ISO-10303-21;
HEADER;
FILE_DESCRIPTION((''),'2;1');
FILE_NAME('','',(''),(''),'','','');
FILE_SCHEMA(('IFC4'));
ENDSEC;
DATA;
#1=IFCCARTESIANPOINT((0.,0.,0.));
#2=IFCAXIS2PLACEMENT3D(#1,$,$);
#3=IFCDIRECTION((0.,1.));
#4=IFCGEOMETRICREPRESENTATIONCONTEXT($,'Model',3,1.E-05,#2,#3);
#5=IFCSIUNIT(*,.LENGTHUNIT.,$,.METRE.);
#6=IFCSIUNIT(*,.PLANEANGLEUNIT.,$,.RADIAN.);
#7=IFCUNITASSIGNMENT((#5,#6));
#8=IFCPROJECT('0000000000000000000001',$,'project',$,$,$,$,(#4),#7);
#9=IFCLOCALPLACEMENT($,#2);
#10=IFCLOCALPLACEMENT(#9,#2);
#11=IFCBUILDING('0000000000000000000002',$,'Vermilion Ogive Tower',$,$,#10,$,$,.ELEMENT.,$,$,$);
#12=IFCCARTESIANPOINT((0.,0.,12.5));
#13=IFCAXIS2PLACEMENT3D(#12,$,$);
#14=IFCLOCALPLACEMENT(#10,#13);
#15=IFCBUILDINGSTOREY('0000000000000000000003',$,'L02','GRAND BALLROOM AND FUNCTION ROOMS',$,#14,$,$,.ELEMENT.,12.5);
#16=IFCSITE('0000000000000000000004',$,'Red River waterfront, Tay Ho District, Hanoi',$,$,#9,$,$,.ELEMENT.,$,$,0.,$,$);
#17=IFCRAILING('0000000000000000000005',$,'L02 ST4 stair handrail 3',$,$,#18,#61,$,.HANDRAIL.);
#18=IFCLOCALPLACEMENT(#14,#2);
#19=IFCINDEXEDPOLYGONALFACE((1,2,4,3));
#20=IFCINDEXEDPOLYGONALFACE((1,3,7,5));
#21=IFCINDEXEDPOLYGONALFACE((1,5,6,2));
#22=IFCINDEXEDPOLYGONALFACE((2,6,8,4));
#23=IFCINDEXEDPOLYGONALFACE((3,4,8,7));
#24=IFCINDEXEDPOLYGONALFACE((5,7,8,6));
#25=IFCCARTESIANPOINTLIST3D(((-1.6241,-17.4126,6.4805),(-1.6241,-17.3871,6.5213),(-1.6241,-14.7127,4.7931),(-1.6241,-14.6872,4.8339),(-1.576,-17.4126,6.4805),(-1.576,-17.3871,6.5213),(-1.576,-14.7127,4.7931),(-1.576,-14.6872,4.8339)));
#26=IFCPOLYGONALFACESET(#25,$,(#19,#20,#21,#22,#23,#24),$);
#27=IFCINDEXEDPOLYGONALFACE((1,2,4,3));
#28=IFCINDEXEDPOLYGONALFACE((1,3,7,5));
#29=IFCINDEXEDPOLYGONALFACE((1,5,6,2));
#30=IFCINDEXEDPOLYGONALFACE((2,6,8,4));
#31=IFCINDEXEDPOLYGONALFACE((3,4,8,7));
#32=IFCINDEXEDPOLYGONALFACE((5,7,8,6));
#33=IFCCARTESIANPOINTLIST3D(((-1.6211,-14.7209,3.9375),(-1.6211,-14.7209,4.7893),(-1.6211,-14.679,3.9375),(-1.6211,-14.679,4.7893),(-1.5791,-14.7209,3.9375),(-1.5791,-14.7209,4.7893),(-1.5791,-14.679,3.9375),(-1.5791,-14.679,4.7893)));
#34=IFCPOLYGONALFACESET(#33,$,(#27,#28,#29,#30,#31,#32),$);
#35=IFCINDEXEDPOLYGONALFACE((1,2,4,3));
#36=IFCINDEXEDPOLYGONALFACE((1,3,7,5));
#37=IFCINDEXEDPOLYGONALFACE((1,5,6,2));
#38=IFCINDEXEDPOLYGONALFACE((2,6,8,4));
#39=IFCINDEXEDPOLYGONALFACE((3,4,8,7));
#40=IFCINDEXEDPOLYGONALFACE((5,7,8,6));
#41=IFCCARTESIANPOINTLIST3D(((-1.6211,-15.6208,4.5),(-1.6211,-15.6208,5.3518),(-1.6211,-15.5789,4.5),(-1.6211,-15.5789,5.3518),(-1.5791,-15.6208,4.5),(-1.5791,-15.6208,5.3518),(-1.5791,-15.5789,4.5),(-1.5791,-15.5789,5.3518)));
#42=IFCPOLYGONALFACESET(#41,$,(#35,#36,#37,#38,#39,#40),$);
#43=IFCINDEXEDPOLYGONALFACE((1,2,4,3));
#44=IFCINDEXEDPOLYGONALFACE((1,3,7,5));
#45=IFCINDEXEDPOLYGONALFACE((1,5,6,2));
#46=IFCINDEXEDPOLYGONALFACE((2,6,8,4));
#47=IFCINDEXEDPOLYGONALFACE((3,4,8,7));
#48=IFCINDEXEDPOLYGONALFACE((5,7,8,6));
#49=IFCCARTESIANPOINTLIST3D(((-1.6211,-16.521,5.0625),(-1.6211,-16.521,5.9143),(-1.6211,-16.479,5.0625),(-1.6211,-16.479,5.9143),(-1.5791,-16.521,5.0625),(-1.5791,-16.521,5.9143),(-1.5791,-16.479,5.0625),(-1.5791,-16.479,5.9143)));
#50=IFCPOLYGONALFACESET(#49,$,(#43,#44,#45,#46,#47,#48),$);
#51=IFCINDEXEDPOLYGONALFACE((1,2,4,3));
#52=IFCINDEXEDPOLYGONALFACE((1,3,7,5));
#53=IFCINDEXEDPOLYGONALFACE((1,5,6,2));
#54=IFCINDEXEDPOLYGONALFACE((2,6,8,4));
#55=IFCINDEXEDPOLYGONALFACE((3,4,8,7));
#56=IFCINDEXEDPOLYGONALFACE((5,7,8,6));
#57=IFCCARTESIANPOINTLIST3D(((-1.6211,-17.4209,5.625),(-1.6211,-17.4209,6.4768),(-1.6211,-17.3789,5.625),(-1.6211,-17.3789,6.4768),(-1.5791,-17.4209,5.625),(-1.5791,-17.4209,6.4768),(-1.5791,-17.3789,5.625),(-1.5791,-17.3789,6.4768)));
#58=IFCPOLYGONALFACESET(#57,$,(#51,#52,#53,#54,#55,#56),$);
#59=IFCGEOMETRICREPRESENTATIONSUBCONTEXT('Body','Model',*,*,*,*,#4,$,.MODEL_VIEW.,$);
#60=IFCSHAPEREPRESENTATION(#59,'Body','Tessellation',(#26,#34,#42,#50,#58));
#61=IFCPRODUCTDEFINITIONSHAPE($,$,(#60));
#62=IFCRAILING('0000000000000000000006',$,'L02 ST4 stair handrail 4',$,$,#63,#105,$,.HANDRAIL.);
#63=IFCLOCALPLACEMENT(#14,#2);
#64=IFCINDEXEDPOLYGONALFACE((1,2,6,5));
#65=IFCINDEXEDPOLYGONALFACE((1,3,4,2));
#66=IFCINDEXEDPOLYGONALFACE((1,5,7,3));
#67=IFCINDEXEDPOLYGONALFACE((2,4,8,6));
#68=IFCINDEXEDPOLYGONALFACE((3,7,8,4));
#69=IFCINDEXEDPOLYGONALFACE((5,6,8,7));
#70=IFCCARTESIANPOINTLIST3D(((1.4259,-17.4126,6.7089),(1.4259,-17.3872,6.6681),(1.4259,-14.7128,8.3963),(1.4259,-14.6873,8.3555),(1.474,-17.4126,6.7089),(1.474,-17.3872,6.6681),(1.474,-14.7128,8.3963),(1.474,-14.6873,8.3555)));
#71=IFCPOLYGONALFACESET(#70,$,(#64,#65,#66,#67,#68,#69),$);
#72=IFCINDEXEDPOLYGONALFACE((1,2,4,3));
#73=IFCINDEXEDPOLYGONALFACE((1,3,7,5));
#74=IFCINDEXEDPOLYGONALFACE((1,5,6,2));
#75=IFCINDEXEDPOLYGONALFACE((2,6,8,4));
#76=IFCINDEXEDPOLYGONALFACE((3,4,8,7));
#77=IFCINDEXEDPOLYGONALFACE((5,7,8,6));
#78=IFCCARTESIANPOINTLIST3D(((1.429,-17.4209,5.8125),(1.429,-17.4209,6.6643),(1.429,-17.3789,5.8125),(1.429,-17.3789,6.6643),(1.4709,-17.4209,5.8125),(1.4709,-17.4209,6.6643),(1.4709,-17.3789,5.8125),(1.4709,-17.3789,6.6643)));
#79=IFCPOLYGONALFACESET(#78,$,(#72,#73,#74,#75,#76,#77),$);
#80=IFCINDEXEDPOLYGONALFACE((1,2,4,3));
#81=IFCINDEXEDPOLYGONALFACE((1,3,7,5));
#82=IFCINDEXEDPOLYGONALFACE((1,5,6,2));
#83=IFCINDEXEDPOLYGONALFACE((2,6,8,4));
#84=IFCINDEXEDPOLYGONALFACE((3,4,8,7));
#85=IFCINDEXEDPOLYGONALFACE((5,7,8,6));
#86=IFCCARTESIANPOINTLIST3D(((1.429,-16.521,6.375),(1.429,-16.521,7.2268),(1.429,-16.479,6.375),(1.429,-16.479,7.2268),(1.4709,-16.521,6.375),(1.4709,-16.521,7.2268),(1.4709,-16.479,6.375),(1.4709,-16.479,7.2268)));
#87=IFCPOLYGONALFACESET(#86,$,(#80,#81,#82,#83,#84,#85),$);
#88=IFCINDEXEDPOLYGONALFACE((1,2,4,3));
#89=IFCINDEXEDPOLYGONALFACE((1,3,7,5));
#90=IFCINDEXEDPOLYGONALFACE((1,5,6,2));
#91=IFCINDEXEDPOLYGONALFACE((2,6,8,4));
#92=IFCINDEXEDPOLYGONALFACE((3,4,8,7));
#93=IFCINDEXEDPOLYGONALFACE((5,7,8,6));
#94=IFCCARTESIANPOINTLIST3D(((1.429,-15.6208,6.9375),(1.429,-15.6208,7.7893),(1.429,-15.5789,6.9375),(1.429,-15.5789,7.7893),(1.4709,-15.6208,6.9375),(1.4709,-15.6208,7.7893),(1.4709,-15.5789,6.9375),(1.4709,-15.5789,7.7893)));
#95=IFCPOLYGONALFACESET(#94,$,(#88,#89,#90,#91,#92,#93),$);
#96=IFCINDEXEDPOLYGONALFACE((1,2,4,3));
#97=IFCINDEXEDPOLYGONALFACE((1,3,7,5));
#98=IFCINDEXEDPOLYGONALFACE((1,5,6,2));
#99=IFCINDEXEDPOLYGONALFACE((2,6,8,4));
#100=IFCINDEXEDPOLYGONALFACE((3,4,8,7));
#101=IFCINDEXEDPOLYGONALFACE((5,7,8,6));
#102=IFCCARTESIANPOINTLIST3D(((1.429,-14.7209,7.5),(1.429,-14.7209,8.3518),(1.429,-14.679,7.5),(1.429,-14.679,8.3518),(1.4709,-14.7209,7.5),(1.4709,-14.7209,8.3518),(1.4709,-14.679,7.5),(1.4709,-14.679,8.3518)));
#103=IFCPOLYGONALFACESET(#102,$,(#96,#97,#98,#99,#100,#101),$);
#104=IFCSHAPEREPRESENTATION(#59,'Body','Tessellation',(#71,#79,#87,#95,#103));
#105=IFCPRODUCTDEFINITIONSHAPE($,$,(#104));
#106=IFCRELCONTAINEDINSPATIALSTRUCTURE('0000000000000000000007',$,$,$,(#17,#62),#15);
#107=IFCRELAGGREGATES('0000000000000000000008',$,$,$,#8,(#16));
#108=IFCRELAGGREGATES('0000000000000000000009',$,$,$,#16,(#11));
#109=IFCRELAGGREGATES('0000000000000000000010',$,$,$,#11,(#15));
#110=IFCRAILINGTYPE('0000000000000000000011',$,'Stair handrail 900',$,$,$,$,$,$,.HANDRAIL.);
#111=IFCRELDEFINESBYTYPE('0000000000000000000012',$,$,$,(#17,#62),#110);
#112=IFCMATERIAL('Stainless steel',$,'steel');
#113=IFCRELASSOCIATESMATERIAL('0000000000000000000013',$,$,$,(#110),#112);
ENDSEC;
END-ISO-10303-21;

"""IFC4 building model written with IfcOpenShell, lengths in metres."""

from ifc_helpers import new_model, si_unit, direction, frame, origin, origin_2d, place, context, subcontext, project, spatial, rectangle, extrude, material, type_object, element, save


model = new_model("IFC4")

# Units and contexts
model_context = context("Model", 3, precision=1e-05, world=origin(), true_north=direction((0.0, 1.0)))
body_context = subcontext(model_context, "Body", "Model", "MODEL_VIEW")
ifc_project = project(units=[si_unit("LENGTHUNIT", "METRE"), si_unit("PLANEANGLEUNIT", "RADIAN")], contexts=[model_context])

# Site, building, storey
site_placement = place(None, origin())
site = spatial("IfcSite", under=ifc_project, at=site_placement, Name="Red River waterfront, Tay Ho District, Hanoi", CompositionType="ELEMENT", RefElevation=0.0)
building_placement = place(site_placement, origin())
building = spatial("IfcBuilding", under=site, at=building_placement, Name="Vermilion Ogive Tower", CompositionType="ELEMENT")
storey_placement = place(building_placement, frame((0.0, 0.0, 12.5)))
storey = spatial("IfcBuildingStorey", under=building, at=storey_placement, Name="L02", Description="GRAND BALLROOM AND FUNCTION ROOMS", CompositionType="ELEMENT", Elevation=12.5)

# Railings
ifc_material_1 = material(Name="Stainless steel", Category="steel")
railing_type_1 = type_object("IfcRailingType", Name="Stair handrail 900", PredefinedType="HANDRAIL", material=ifc_material_1)
railing_1_placement = place(storey_placement, frame((-1.6001, -14.7, 3.9375)))
element("IfcRailing", 1, at=railing_1_placement, inside=storey, type_object=railing_type_1, Name="L02 ST4 stair handrail 3", PredefinedType="HANDRAIL", context=body_context, shape_type="SweptSolid", body=[
    extrude(rectangle(XDim=0.0481, YDim=0.0481, at=origin_2d()), frame((0.0, 0.0, 0.876), z_axis=(0.0, -0.847994, 0.530006), x_axis=(1.0, 0.0, 0.0)), (0.0, 0.0, 1.0), 3.1838),
    extrude(rectangle(XDim=0.042, YDim=0.042, at=origin_2d()), origin(), (0.0, 0.0, 1.0), 0.8518),
    extrude(rectangle(XDim=0.042, YDim=0.042, at=origin_2d()), frame((0.0, -0.8999, 0.5625)), (0.0, 0.0, 1.0), 0.8518),
    extrude(rectangle(XDim=0.042, YDim=0.042, at=origin_2d()), frame((0.0, -1.8, 1.125)), (0.0, 0.0, 1.0), 0.8518),
    extrude(rectangle(XDim=0.042, YDim=0.042, at=origin_2d()), frame((0.0, -2.7, 1.6875)), (0.0, 0.0, 1.0), 0.8518),
])
railing_2_placement = place(storey_placement, frame((1.45, -17.3999, 5.8125)))
element("IfcRailing", 2, at=railing_2_placement, inside=storey, type_object=railing_type_1, Name="L02 ST4 stair handrail 4", PredefinedType="HANDRAIL", context=body_context, shape_type="SweptSolid", body=[
    extrude(rectangle(XDim=0.0481, YDim=0.0481, at=origin_2d()), frame((0.0, 0.0, 0.876), z_axis=(0.0, 0.847994, 0.530006), x_axis=(-1.0, 0.0, 0.0)), (0.0, 0.0, 1.0), 3.1838),
    extrude(rectangle(XDim=0.042, YDim=0.042, at=origin_2d()), origin(), (0.0, 0.0, 1.0), 0.8518),
    extrude(rectangle(XDim=0.042, YDim=0.042, at=origin_2d()), frame((0.0, 0.8999, 0.5625)), (0.0, 0.0, 1.0), 0.8518),
    extrude(rectangle(XDim=0.042, YDim=0.042, at=origin_2d()), frame((0.0, 1.8, 1.125)), (0.0, 0.0, 1.0), 0.8518),
    extrude(rectangle(XDim=0.042, YDim=0.042, at=origin_2d()), frame((0.0, 2.7, 1.6875)), (0.0, 0.0, 1.0), 0.8518),
])

save(model, "model.ifc")
